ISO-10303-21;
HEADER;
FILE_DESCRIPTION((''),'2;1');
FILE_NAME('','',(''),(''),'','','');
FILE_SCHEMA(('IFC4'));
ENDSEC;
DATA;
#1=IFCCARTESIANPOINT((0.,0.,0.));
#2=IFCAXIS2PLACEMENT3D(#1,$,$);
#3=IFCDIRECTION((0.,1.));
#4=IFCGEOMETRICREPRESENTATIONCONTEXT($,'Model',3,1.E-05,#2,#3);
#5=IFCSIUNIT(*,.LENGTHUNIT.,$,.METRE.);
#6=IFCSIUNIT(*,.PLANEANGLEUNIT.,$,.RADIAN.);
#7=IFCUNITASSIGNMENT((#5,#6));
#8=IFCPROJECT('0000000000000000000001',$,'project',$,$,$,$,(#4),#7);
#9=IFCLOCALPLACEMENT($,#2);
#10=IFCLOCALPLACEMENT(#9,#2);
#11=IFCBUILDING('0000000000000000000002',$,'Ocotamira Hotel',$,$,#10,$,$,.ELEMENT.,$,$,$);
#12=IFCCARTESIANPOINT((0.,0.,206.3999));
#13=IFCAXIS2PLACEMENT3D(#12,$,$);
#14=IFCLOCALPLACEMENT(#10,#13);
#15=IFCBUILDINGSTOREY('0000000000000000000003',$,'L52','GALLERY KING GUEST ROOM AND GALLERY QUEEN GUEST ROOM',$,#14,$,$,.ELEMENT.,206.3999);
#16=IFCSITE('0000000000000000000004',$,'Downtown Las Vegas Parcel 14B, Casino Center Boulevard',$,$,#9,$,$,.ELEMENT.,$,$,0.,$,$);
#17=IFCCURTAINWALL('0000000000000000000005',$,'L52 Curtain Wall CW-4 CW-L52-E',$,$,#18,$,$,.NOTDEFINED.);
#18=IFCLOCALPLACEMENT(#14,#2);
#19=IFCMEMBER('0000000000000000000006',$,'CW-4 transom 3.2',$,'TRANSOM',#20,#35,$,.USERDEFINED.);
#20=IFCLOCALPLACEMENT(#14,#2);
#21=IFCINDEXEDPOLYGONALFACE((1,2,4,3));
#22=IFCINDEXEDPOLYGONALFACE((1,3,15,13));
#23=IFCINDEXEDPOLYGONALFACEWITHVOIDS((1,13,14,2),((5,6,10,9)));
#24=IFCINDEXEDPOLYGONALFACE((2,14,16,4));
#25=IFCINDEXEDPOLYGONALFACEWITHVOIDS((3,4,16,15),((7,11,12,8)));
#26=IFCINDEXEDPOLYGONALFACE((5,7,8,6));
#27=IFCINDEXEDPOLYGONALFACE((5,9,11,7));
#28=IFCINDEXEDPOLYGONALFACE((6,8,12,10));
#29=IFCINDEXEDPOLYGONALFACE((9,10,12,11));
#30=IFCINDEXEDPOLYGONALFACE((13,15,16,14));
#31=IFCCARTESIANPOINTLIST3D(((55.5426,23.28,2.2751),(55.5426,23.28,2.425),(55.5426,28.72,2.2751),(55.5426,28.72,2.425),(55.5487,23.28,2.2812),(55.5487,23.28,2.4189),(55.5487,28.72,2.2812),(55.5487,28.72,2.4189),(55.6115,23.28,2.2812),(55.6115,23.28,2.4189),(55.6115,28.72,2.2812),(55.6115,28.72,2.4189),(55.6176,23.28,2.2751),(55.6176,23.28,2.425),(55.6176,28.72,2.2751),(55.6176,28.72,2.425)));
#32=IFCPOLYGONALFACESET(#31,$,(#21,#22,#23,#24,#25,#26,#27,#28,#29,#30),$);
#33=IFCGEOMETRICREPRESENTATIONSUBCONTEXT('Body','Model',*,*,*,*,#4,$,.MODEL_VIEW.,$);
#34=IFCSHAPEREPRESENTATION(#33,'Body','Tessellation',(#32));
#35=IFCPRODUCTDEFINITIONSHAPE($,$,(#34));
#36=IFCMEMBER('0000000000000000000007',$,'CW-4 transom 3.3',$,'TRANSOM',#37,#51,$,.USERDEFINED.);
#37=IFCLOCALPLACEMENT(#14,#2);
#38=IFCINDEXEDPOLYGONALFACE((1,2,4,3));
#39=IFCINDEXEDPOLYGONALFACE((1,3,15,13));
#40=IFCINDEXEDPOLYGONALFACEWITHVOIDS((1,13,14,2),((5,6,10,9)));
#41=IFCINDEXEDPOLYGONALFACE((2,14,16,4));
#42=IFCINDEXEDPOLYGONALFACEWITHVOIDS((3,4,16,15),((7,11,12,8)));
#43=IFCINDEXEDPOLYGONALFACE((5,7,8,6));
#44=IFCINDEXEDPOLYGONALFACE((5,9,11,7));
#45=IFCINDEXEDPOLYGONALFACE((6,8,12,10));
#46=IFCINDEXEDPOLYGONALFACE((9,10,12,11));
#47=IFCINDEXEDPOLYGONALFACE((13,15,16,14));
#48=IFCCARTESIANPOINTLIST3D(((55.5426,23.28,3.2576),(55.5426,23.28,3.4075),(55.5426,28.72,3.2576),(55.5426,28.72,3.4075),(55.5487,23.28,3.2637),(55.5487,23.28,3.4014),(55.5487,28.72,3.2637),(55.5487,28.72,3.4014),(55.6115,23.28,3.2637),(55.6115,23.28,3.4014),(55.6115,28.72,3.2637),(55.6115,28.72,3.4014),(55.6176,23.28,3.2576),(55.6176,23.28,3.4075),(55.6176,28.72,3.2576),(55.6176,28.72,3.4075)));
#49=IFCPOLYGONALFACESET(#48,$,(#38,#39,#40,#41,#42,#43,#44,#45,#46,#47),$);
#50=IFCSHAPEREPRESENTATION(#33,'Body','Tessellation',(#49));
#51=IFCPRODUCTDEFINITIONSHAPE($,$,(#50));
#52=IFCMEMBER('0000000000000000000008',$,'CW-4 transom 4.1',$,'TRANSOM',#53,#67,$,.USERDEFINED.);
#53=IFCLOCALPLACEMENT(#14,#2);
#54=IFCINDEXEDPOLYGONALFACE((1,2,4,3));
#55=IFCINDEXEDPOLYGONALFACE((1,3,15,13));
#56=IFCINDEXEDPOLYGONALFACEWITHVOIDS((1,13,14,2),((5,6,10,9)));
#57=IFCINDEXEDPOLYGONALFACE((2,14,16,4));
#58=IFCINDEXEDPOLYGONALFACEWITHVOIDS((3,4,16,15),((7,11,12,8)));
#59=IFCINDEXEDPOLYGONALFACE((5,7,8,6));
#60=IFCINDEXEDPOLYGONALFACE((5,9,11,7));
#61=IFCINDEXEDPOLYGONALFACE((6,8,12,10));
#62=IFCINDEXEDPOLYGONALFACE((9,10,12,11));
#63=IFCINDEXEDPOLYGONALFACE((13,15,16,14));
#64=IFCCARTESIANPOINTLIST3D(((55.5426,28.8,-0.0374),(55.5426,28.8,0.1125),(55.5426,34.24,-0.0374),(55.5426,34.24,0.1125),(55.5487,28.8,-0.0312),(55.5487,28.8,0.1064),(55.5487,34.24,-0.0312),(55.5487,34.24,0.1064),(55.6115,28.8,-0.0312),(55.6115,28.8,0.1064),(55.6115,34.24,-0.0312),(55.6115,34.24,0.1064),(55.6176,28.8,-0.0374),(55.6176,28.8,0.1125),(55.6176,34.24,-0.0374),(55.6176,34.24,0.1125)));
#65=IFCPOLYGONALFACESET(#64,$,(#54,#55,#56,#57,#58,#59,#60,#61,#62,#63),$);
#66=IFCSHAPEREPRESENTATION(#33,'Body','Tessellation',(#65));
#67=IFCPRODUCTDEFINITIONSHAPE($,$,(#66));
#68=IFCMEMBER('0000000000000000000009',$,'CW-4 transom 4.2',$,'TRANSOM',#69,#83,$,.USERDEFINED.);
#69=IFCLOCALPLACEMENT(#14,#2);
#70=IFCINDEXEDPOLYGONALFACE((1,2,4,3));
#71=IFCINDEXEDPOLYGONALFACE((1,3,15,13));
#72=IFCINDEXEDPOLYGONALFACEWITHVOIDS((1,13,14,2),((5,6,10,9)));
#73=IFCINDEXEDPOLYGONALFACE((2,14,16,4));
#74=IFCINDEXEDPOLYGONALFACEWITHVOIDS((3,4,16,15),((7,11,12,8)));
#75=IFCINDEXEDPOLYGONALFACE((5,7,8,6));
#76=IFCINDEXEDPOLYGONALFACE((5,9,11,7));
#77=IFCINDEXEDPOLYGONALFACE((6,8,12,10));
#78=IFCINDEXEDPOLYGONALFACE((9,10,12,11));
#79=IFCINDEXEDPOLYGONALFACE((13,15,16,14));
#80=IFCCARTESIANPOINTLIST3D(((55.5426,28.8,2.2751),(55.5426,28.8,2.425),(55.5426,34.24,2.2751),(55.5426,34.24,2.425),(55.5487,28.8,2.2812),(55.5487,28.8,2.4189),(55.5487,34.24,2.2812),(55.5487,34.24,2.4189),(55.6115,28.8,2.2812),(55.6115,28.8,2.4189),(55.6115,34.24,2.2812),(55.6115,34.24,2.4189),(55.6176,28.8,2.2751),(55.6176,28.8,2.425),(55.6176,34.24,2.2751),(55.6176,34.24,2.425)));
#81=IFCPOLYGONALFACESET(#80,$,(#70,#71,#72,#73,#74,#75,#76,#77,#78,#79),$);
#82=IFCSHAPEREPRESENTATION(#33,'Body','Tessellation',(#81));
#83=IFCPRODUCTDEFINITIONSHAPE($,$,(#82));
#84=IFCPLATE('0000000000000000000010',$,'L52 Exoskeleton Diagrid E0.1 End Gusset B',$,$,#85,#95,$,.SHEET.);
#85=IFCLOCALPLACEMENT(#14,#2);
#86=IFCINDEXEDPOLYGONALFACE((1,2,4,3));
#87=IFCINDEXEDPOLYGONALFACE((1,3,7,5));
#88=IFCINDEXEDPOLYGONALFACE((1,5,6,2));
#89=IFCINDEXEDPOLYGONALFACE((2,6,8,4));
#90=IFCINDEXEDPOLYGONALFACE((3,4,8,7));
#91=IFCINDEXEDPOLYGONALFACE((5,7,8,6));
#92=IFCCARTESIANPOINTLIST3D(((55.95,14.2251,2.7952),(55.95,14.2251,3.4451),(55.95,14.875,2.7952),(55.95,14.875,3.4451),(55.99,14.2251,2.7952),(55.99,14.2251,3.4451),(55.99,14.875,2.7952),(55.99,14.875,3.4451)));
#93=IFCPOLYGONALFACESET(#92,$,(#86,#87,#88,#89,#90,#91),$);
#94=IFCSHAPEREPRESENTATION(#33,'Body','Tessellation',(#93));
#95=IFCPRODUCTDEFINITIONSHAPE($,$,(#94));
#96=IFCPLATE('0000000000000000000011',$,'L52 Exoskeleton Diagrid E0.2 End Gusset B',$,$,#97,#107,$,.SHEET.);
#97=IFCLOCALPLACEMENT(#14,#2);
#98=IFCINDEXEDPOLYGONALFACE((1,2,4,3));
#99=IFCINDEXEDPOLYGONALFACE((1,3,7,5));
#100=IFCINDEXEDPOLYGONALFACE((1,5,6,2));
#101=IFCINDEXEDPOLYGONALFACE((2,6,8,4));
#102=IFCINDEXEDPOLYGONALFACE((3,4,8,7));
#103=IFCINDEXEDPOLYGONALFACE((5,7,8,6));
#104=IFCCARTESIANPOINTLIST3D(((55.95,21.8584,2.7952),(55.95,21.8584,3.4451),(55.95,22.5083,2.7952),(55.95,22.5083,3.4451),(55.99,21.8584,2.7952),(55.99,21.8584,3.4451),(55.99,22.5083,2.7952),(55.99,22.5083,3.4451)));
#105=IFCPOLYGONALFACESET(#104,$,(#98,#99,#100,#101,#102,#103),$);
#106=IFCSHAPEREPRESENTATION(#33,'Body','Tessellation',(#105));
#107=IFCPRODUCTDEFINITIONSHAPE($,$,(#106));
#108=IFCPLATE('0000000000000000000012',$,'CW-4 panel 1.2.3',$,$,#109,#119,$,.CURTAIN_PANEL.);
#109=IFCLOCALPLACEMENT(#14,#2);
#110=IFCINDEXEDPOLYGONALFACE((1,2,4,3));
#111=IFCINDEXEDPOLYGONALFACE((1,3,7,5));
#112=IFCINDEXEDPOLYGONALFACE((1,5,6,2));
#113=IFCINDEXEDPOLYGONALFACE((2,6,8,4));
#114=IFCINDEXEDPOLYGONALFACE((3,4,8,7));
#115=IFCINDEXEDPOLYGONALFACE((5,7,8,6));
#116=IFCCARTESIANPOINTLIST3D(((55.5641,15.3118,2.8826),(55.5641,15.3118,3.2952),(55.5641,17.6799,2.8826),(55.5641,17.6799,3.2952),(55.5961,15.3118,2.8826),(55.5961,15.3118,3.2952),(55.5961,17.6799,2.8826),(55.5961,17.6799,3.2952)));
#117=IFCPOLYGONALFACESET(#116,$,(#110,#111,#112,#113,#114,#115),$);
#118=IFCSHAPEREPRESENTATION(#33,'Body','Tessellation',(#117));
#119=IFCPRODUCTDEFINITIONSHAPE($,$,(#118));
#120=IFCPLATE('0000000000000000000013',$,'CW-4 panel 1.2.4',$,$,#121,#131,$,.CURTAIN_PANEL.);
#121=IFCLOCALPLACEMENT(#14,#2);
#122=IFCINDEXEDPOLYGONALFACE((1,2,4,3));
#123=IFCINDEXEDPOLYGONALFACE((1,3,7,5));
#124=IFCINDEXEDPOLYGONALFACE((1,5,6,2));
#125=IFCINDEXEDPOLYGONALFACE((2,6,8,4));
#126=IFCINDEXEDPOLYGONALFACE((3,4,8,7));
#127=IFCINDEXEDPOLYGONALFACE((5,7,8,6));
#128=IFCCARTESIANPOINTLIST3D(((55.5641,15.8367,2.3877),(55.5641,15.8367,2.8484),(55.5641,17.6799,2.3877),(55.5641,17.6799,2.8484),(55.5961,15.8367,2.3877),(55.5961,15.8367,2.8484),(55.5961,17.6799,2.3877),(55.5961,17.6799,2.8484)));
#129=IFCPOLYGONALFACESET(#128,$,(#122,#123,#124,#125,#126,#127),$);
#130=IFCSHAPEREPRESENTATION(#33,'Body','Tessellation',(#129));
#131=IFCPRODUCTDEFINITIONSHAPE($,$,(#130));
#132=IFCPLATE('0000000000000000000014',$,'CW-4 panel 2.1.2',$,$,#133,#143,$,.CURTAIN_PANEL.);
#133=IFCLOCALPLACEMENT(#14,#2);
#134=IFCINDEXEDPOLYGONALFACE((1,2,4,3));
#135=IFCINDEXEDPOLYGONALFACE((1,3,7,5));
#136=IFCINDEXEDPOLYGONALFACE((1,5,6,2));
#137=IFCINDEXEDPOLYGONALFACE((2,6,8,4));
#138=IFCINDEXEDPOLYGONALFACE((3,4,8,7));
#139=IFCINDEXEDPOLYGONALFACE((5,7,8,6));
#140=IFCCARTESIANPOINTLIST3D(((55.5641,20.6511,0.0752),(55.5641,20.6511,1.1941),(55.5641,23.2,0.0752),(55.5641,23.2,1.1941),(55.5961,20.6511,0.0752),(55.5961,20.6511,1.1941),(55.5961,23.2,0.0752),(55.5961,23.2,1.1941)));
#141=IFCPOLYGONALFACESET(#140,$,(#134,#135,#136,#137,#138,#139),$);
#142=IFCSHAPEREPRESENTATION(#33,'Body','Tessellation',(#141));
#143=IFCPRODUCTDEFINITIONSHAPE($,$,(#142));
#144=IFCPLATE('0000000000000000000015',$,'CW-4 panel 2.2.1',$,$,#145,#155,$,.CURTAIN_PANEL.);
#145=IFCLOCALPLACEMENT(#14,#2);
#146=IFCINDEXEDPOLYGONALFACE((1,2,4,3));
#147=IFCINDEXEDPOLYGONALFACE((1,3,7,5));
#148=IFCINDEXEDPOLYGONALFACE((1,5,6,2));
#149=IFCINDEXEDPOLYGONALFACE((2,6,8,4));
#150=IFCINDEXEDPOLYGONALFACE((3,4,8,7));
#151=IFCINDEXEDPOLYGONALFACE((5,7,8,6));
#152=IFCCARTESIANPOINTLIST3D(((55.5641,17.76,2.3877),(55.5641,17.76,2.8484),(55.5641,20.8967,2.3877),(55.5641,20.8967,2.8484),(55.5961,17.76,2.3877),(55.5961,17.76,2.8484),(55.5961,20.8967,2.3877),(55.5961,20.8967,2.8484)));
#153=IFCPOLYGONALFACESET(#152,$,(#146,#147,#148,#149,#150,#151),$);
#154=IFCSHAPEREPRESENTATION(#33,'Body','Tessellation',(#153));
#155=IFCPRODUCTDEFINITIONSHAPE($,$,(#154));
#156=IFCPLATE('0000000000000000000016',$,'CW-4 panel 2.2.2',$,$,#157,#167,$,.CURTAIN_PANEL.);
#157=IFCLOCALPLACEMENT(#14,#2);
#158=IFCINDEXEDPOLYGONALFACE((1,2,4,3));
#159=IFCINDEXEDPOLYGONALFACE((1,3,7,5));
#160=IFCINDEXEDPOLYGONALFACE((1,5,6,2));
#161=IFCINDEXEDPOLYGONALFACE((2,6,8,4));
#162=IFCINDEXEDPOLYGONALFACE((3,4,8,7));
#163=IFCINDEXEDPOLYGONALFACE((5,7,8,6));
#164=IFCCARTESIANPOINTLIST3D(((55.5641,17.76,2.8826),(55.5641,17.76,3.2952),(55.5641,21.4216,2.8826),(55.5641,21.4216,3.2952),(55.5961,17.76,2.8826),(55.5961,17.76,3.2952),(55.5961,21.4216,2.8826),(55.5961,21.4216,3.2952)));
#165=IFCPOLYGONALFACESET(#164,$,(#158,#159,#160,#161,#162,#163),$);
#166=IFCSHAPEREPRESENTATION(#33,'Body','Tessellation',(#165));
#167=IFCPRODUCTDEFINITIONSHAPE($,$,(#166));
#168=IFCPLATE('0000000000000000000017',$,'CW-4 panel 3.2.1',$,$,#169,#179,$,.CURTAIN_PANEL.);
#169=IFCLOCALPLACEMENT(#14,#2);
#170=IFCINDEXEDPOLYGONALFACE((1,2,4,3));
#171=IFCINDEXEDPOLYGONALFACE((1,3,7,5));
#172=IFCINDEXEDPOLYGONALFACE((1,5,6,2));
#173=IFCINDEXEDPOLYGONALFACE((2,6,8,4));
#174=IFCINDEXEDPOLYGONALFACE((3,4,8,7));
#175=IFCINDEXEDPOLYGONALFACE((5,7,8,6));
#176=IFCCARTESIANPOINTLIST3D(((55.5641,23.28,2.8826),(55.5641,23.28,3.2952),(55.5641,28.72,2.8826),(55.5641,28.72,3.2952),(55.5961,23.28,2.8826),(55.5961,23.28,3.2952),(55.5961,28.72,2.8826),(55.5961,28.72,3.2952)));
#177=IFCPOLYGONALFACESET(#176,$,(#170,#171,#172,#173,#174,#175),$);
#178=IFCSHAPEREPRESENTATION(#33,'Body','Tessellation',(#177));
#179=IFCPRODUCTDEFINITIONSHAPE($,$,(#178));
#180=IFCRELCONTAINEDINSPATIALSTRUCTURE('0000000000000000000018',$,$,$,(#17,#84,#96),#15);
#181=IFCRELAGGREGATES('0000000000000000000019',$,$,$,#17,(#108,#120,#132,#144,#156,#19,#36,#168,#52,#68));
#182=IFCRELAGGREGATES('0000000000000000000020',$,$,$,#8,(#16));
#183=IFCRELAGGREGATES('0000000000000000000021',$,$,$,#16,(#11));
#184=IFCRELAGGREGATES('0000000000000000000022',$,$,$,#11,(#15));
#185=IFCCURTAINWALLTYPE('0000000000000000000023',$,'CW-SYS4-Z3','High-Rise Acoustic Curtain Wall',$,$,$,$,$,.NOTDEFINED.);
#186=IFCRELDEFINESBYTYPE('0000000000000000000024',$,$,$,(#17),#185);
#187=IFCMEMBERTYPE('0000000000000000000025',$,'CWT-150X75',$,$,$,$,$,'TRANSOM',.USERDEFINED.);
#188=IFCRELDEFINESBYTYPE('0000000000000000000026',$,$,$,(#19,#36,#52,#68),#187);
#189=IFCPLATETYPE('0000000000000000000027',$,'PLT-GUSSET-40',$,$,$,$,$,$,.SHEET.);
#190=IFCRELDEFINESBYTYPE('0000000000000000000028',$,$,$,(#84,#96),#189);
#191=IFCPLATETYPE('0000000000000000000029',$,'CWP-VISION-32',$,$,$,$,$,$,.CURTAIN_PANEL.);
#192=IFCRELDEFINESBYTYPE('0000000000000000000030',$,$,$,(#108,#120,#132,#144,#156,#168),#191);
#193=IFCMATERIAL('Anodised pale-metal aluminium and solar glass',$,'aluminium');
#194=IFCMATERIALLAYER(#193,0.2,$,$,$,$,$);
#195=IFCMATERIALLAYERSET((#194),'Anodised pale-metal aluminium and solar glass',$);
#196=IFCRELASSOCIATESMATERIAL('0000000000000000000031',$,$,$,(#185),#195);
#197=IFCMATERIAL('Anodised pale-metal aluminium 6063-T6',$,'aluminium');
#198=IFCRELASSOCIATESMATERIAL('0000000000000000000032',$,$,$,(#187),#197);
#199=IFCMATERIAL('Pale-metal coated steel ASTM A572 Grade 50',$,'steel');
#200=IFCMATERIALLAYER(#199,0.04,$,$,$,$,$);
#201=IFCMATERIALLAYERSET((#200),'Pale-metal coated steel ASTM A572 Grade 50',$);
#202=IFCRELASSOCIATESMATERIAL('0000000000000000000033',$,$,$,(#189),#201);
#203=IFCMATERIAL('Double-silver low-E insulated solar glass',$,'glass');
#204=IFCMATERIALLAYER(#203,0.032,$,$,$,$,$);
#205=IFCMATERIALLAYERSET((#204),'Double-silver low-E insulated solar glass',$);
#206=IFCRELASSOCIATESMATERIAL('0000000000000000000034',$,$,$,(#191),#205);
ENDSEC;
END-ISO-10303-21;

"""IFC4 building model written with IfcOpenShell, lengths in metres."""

from ifc_helpers import new_model, si_unit, direction, frame, origin, origin_2d, place, context, subcontext, project, spatial, rectangle, hollow_rectangle, extrude, source, transform, mapped, material, layer, layer_set, material_profile, profile_set, type_object, element, aggregate, save


model = new_model("IFC4")

# Units and contexts
model_context = context("Model", 3, precision=1e-05, world=origin(), true_north=direction((0.0, 1.0)))
body_context = subcontext(model_context, "Body", "Model", "MODEL_VIEW")
ifc_project = project(units=[si_unit("LENGTHUNIT", "METRE"), si_unit("PLANEANGLEUNIT", "RADIAN")], contexts=[model_context])

# Site, building, storey
site_placement = place(None, origin())
site = spatial("IfcSite", under=ifc_project, at=site_placement, Name="Downtown Las Vegas Parcel 14B, Casino Center Boulevard", CompositionType="ELEMENT", RefElevation=0.0)
building_placement = place(site_placement, origin())
building = spatial("IfcBuilding", under=site, at=building_placement, Name="Ocotamira Hotel", CompositionType="ELEMENT")
storey_placement = place(building_placement, frame((0.0, 0.0, 206.3999)))
storey = spatial("IfcBuildingStorey", under=building, at=storey_placement, Name="L52", Description="GALLERY KING GUEST ROOM AND GALLERY QUEEN GUEST ROOM", CompositionType="ELEMENT", Elevation=206.3999)

# Curtain wall, members
ifc_material_1 = material(Name="Anodised pale-metal aluminium and solar glass", Category="aluminium")
ifc_layer_1 = layer(ifc_material_1, 0.2)
ifc_layer_set_1 = layer_set([ifc_layer_1], Name="Anodised pale-metal aluminium and solar glass")
curtain_wall_type = type_object("IfcCurtainWallType", Name="CW-SYS4-Z3", Description="High-Rise Acoustic Curtain Wall", PredefinedType="NOTDEFINED", material=ifc_layer_set_1)
curtain_wall_placement = place(storey_placement, origin())
curtain_wall = element("IfcCurtainWall", 1, at=curtain_wall_placement, inside=storey, type_object=curtain_wall_type, Name="L52 Curtain Wall CW-4 CW-L52-E", PredefinedType="NOTDEFINED")
ifc_material_2 = material(Name="Anodised pale-metal aluminium 6063-T6", Category="aluminium")
ifc_material_profile_1 = material_profile(ifc_material_2, hollow_rectangle(XDim=0.075, YDim=0.1499, WallThickness=0.0061, at=origin_2d()), Name="HSS150X75X6")
ifc_profile_set_1 = profile_set([ifc_material_profile_1], Name="Anodised pale-metal aluminium 6063-T6")
member_type_1 = type_object("IfcMemberType", Name="CWT-150X75", ElementType="TRANSOM", PredefinedType="USERDEFINED", material=ifc_profile_set_1)
shared_shape_1 = source(origin(), body_context, "Body", "SweptSolid", [
    extrude(hollow_rectangle(XDim=0.075, YDim=0.1499, WallThickness=0.0061, at=origin_2d()), origin(), (0.0, 0.0, 1.0), 5.4399),
])
member_1_placement = place(storey_placement, frame((55.5801, 23.28, 2.3501), z_axis=(0.0, 1.0, 0.0), x_axis=(-1.0, 0.0, 0.0)))
member_1 = element("IfcMember", 2, at=member_1_placement, type_object=member_type_1, Name="CW-4 transom 3.2", ObjectType="TRANSOM", PredefinedType="USERDEFINED", context=body_context, shape_type="MappedRepresentation", body=[
    mapped(shared_shape_1, transform((0.0, 0.0, 0.0), scale=1.0)),
])
member_2_placement = place(storey_placement, frame((55.5801, 23.28, 3.3325), z_axis=(0.0, 1.0, 0.0), x_axis=(-1.0, 0.0, 0.0)))
member_2 = element("IfcMember", 3, at=member_2_placement, type_object=member_type_1, Name="CW-4 transom 3.3", ObjectType="TRANSOM", PredefinedType="USERDEFINED", context=body_context, shape_type="MappedRepresentation", body=[
    mapped(shared_shape_1, transform((0.0, 0.0, 0.0), scale=1.0)),
])
member_3_placement = place(storey_placement, frame((55.5801, 28.8, 0.0376), z_axis=(0.0, 1.0, 0.0), x_axis=(-1.0, 0.0, 0.0)))
member_3 = element("IfcMember", 4, at=member_3_placement, type_object=member_type_1, Name="CW-4 transom 4.1", ObjectType="TRANSOM", PredefinedType="USERDEFINED", context=body_context, shape_type="MappedRepresentation", body=[
    mapped(shared_shape_1, transform((0.0, 0.0, 0.0), scale=1.0)),
])
member_4_placement = place(storey_placement, frame((55.5801, 28.8, 2.3501), z_axis=(0.0, 1.0, 0.0), x_axis=(-1.0, 0.0, 0.0)))
member_4 = element("IfcMember", 5, at=member_4_placement, type_object=member_type_1, Name="CW-4 transom 4.2", ObjectType="TRANSOM", PredefinedType="USERDEFINED", context=body_context, shape_type="MappedRepresentation", body=[
    mapped(shared_shape_1, transform((0.0, 0.0, 0.0), scale=1.0)),
])

# Plates
ifc_material_3 = material(Name="Pale-metal coated steel ASTM A572 Grade 50", Category="steel")
ifc_layer_2 = layer(ifc_material_3, 0.04)
ifc_layer_set_2 = layer_set([ifc_layer_2], Name="Pale-metal coated steel ASTM A572 Grade 50")
plate_type_1 = type_object("IfcPlateType", Name="PLT-GUSSET-40", PredefinedType="SHEET", material=ifc_layer_set_2)
shared_shape_2 = source(origin(), body_context, "Body", "SweptSolid", [
    extrude(rectangle(XDim=0.04, YDim=0.6499, at=origin_2d()), origin(), (0.0, 0.0, 1.0), 0.6499),
])
for number, where, z_axis, x_axis, name in (
    (6, (55.97, 14.55, 2.7952), (0.0, 0.0, 1.0), (1.0, 0.0, 0.0), "L52 Exoskeleton Diagrid E0.1 End Gusset B"),
    (7, (55.97, 22.1833, 2.7952), (0.0, 0.0, 1.0), (1.0, 0.0, 0.0), "L52 Exoskeleton Diagrid E0.2 End Gusset B"),
):
    element("IfcPlate", number, at=place(storey_placement, frame(where, z_axis=z_axis, x_axis=x_axis)), inside=storey, type_object=plate_type_1, Name=name, PredefinedType="SHEET", context=body_context, shape_type="MappedRepresentation", body=[
        mapped(shared_shape_2, transform((0.0, 0.0, 0.0), scale=1.0)),
    ])

# Plates
ifc_material_4 = material(Name="Double-silver low-E insulated solar glass", Category="glass")
ifc_layer_3 = layer(ifc_material_4, 0.032)
ifc_layer_set_3 = layer_set([ifc_layer_3], Name="Double-silver low-E insulated solar glass")
plate_type_2 = type_object("IfcPlateType", Name="CWP-VISION-32", PredefinedType="CURTAIN_PANEL", material=ifc_layer_set_3)
shared_shape_3 = source(origin(), body_context, "Body", "SweptSolid", [
    extrude(rectangle(XDim=2.3682, YDim=0.032, at=origin_2d()), origin(), (0.0, 0.0, 1.0), 0.4126),
])
plate_1_placement = place(storey_placement, frame((55.5801, 16.4958, 2.8826), z_axis=(0.0, 0.0, 1.0), x_axis=(0.0, 1.0, 0.0)))
plate_1 = element("IfcPlate", 8, at=plate_1_placement, type_object=plate_type_2, Name="CW-4 panel 1.2.3", PredefinedType="CURTAIN_PANEL", context=body_context, shape_type="MappedRepresentation", body=[
    mapped(shared_shape_3, transform((0.0, 0.0, 0.0), scale=1.0)),
])
shared_shape_4 = source(origin(), body_context, "Body", "SweptSolid", [
    extrude(rectangle(XDim=1.8433, YDim=0.032, at=origin_2d()), origin(), (0.0, 0.0, 1.0), 0.4607),
])
plate_2_placement = place(storey_placement, frame((55.5801, 16.7583, 2.3877), z_axis=(0.0, 0.0, 1.0), x_axis=(0.0, 1.0, 0.0)))
plate_2 = element("IfcPlate", 9, at=plate_2_placement, type_object=plate_type_2, Name="CW-4 panel 1.2.4", PredefinedType="CURTAIN_PANEL", context=body_context, shape_type="MappedRepresentation", body=[
    mapped(shared_shape_4, transform((0.0, 0.0, 0.0), scale=1.0)),
])
shared_shape_5 = source(origin(), body_context, "Body", "SweptSolid", [
    extrude(rectangle(XDim=2.5488, YDim=0.032, at=origin_2d()), origin(), (0.0, 0.0, 1.0), 1.1189),
])
plate_3_placement = place(storey_placement, frame((55.5801, 21.9255, 0.0752), z_axis=(0.0, 0.0, 1.0), x_axis=(0.0, 1.0, 0.0)))
plate_3 = element("IfcPlate", 10, at=plate_3_placement, type_object=plate_type_2, Name="CW-4 panel 2.1.2", PredefinedType="CURTAIN_PANEL", context=body_context, shape_type="MappedRepresentation", body=[
    mapped(shared_shape_5, transform((0.0, 0.0, 0.0), scale=1.0)),
])
shared_shape_6 = source(origin(), body_context, "Body", "SweptSolid", [
    extrude(rectangle(XDim=3.1367, YDim=0.032, at=origin_2d()), origin(), (0.0, 0.0, 1.0), 0.4607),
])
plate_4_placement = place(storey_placement, frame((55.5801, 19.3284, 2.3877), z_axis=(0.0, 0.0, 1.0), x_axis=(0.0, 1.0, 0.0)))
plate_4 = element("IfcPlate", 11, at=plate_4_placement, type_object=plate_type_2, Name="CW-4 panel 2.2.1", PredefinedType="CURTAIN_PANEL", context=body_context, shape_type="MappedRepresentation", body=[
    mapped(shared_shape_6, transform((0.0, 0.0, 0.0), scale=1.0)),
])
shared_shape_7 = source(origin(), body_context, "Body", "SweptSolid", [
    extrude(rectangle(XDim=3.6616, YDim=0.032, at=origin_2d()), origin(), (0.0, 0.0, 1.0), 0.4126),
])
plate_5_placement = place(storey_placement, frame((55.5801, 19.5908, 2.8826), z_axis=(0.0, 0.0, 1.0), x_axis=(0.0, 1.0, 0.0)))
plate_5 = element("IfcPlate", 12, at=plate_5_placement, type_object=plate_type_2, Name="CW-4 panel 2.2.2", PredefinedType="CURTAIN_PANEL", context=body_context, shape_type="MappedRepresentation", body=[
    mapped(shared_shape_7, transform((0.0, 0.0, 0.0), scale=1.0)),
])
shared_shape_8 = source(origin(), body_context, "Body", "SweptSolid", [
    extrude(rectangle(XDim=5.4399, YDim=0.032, at=origin_2d()), origin(), (0.0, 0.0, 1.0), 0.4126),
])
plate_6_placement = place(storey_placement, frame((55.5801, 26.0, 2.8826), z_axis=(0.0, 0.0, 1.0), x_axis=(0.0, 1.0, 0.0)))
plate_6 = element("IfcPlate", 13, at=plate_6_placement, type_object=plate_type_2, Name="CW-4 panel 3.2.1", PredefinedType="CURTAIN_PANEL", context=body_context, shape_type="MappedRepresentation", body=[
    mapped(shared_shape_8, transform((0.0, 0.0, 0.0), scale=1.0)),
])
aggregate(curtain_wall, [plate_1, plate_2, plate_3, plate_4, plate_5, member_1, member_2, plate_6, member_3, member_4])

save(model, "model.ifc")
